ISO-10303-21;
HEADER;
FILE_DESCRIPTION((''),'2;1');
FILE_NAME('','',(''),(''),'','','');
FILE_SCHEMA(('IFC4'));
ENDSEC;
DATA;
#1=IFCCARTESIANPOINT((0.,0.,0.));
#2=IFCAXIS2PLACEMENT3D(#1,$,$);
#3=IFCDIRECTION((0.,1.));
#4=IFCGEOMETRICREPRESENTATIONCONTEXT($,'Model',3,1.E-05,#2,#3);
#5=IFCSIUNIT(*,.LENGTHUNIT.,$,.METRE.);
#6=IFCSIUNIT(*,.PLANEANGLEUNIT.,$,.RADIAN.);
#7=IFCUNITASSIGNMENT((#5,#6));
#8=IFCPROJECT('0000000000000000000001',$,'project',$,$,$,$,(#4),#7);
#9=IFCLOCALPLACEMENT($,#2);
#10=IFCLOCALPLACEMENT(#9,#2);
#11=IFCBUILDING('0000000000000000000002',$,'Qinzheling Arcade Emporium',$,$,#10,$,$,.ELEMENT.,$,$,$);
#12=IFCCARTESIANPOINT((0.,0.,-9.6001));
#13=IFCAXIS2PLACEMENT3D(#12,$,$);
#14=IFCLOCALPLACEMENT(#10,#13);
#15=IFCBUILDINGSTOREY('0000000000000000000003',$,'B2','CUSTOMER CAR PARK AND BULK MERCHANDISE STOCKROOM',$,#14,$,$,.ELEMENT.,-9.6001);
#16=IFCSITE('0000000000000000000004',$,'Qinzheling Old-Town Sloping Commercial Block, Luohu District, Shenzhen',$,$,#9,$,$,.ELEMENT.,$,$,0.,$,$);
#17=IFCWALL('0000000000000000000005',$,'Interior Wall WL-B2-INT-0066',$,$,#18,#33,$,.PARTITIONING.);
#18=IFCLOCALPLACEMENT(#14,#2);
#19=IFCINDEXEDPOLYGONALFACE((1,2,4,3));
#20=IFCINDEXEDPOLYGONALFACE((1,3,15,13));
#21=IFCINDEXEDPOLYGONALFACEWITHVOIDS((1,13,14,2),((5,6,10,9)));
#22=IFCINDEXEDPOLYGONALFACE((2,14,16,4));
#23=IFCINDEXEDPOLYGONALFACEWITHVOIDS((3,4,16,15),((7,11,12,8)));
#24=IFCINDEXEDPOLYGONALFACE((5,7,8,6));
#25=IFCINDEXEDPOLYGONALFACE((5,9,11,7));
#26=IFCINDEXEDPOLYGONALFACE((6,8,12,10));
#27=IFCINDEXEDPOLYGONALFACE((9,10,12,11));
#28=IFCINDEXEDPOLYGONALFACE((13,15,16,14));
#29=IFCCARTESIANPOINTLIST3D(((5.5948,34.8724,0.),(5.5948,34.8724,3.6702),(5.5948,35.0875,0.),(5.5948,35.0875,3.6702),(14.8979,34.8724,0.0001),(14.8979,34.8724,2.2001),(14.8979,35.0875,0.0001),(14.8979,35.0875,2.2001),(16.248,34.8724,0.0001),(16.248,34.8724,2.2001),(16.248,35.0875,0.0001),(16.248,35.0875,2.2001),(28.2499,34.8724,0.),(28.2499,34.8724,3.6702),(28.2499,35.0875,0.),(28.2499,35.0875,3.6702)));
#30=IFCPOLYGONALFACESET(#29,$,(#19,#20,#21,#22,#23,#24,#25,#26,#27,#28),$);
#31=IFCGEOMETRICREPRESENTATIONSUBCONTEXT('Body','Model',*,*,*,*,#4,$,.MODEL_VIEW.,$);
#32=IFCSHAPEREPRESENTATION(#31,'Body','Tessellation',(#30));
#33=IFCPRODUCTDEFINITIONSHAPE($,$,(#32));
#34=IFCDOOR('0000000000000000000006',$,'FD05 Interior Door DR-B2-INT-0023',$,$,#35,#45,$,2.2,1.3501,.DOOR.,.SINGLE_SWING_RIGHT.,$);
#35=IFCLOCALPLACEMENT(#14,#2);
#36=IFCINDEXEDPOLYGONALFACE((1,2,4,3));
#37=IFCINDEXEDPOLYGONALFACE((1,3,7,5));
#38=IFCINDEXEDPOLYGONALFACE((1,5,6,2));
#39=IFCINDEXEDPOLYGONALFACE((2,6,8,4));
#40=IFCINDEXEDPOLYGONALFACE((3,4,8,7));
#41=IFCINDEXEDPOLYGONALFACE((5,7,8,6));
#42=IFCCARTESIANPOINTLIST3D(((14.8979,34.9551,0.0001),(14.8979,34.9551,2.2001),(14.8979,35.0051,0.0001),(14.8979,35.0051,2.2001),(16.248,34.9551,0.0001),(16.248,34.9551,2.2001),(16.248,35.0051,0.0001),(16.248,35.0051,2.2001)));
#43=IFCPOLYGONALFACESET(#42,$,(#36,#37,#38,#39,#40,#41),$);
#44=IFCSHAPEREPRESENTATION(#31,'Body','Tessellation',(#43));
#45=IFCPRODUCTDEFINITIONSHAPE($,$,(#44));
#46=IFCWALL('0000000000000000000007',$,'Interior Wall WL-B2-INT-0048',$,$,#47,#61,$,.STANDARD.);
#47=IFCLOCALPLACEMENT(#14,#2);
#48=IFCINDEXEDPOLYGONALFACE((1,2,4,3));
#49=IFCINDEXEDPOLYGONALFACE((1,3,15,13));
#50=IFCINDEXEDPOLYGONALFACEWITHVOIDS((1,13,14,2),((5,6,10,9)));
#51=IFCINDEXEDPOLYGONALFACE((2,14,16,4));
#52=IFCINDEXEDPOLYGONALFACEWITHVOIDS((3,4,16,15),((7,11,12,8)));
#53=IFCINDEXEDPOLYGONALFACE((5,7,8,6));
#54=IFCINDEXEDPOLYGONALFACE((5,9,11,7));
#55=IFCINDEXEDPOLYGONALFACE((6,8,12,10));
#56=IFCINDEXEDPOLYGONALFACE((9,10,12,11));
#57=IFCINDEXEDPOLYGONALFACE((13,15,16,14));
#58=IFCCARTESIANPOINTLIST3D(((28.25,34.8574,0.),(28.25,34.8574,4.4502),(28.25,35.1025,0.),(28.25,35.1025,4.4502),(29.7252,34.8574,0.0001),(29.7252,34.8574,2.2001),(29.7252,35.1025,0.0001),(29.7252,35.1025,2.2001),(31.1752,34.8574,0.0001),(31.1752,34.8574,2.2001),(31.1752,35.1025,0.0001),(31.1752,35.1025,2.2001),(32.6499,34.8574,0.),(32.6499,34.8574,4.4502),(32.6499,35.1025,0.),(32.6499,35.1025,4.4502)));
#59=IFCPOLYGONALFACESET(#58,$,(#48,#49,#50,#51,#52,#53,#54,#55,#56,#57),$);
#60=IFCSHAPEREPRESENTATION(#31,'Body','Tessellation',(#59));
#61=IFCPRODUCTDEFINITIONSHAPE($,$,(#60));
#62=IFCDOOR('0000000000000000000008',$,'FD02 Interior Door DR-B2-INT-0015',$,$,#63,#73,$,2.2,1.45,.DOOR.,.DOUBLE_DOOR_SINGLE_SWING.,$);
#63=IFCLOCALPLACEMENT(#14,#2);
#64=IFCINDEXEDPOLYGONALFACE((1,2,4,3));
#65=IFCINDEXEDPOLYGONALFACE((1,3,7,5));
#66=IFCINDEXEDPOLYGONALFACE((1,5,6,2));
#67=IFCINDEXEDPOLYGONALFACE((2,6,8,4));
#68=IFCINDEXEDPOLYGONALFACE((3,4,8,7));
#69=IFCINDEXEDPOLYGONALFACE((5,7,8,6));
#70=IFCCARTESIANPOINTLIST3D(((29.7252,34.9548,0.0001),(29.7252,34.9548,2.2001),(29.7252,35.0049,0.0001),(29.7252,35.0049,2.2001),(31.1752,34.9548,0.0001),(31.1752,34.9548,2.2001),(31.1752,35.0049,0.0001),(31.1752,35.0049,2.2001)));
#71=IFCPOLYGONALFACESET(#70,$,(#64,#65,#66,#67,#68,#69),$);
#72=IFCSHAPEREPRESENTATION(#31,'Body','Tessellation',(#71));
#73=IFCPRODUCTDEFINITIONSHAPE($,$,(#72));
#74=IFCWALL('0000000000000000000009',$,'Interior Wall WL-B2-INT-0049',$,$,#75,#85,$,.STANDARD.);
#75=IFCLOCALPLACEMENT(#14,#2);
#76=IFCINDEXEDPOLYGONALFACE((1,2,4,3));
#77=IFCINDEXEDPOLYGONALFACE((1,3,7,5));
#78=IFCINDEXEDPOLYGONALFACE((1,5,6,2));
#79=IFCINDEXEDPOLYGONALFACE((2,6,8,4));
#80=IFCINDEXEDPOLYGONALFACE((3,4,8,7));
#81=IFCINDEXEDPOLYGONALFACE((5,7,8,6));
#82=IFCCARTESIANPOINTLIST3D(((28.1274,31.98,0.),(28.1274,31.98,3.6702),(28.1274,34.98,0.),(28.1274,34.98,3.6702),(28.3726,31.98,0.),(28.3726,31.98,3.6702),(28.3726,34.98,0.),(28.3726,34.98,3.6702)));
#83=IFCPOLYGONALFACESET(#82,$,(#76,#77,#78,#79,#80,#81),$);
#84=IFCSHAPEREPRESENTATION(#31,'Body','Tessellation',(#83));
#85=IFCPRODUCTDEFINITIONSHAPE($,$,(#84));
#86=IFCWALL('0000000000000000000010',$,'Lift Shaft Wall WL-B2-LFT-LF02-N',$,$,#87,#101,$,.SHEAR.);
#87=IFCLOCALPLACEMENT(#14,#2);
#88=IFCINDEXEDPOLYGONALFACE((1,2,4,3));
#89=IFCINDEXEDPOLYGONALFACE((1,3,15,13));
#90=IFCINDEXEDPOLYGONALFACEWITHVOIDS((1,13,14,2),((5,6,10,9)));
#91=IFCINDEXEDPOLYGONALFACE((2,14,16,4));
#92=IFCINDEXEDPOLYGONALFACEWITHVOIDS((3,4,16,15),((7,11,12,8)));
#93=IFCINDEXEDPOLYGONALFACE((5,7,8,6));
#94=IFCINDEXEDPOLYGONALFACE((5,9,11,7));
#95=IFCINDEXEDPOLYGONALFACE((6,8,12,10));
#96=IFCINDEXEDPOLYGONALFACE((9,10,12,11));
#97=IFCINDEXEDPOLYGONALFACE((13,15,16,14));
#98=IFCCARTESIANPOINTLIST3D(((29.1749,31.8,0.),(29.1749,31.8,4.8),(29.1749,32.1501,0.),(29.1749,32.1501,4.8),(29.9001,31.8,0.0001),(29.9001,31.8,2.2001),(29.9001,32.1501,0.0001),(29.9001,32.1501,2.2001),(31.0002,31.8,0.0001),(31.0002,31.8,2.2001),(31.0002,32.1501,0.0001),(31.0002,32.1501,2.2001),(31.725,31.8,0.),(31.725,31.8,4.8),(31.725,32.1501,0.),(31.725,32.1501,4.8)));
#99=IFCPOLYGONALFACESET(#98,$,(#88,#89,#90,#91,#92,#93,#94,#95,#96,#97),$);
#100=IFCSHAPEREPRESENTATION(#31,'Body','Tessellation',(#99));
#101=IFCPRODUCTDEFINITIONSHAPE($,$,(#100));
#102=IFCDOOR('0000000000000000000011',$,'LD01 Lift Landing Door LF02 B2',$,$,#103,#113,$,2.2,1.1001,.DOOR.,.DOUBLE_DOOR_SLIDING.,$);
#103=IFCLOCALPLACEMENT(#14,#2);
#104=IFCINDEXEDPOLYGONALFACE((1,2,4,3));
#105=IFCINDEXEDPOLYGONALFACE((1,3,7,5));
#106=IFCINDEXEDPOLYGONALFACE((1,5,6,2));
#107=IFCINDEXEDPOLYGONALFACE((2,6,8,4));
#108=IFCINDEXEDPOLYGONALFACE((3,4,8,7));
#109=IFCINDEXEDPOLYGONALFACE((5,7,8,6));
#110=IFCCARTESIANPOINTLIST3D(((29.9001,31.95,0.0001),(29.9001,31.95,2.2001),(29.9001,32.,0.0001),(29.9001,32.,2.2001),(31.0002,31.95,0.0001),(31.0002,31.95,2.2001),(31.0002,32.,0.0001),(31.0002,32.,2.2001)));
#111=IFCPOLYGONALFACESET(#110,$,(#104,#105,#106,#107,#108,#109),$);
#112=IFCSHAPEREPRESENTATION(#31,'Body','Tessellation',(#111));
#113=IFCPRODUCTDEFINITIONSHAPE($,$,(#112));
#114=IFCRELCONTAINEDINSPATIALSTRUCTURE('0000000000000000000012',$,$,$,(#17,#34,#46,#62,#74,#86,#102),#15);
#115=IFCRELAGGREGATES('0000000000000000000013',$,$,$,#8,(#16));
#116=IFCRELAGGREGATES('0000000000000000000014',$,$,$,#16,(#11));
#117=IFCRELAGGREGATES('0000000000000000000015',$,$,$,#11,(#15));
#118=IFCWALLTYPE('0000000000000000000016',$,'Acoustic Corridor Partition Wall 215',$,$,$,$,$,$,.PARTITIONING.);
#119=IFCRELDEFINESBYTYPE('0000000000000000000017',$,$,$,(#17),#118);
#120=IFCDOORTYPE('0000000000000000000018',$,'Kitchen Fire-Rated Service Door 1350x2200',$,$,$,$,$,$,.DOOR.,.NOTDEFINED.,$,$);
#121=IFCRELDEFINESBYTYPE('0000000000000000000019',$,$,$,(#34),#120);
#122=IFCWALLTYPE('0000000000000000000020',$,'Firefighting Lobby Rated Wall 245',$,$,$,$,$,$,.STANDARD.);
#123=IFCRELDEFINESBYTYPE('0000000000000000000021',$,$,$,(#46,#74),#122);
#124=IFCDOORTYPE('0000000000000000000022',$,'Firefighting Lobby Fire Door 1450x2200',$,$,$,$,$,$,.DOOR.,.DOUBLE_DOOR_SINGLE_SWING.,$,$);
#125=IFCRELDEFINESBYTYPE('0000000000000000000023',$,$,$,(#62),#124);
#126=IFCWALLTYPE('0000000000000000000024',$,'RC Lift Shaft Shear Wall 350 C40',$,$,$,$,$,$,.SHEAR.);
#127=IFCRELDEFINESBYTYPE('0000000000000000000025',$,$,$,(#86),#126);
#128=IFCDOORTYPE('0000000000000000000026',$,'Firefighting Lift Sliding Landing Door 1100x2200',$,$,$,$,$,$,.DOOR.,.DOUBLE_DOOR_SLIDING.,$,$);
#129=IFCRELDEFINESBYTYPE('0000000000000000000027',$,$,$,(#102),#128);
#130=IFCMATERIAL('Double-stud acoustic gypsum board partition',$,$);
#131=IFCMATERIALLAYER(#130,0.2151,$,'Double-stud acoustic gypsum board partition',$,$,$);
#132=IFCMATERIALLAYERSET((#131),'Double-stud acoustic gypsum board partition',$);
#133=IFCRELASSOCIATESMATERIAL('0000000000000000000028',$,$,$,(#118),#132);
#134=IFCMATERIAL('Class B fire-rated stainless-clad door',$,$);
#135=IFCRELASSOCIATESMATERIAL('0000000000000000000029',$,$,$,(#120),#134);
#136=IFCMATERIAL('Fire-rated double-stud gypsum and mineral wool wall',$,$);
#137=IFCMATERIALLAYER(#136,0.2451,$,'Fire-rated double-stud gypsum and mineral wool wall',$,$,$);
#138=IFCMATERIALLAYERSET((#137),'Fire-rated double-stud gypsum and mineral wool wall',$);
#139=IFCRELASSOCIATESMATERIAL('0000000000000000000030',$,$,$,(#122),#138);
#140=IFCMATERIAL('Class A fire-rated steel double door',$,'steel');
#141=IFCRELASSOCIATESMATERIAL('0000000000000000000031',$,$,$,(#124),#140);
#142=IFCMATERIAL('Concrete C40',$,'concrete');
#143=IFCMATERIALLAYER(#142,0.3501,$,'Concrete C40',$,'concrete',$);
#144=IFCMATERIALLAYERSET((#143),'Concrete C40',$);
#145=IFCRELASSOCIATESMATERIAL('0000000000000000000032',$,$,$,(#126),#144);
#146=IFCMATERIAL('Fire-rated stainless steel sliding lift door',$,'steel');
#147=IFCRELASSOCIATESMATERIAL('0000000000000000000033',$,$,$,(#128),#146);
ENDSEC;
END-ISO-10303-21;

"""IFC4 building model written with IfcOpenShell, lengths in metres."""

from ifc_helpers import new_model, si_unit, direction, frame, frame_2d, origin, place, context, subcontext, project, spatial, rectangle, extrude, material, layer, layer_set, type_object, element, fill, save


model = new_model("IFC4")

# Units and contexts
model_context = context("Model", 3, precision=1e-05, world=origin(), true_north=direction((0.0, 1.0)))
body_context = subcontext(model_context, "Body", "Model", "MODEL_VIEW")
ifc_project = project(units=[si_unit("LENGTHUNIT", "METRE"), si_unit("PLANEANGLEUNIT", "RADIAN")], contexts=[model_context])

# Site, building, storey
site_placement = place(None, origin())
site = spatial("IfcSite", under=ifc_project, at=site_placement, Name="Qinzheling Old-Town Sloping Commercial Block, Luohu District, Shenzhen", CompositionType="ELEMENT", RefElevation=0.0)
building_placement = place(site_placement, origin())
building = spatial("IfcBuilding", under=site, at=building_placement, Name="Qinzheling Arcade Emporium", CompositionType="ELEMENT")
storey_placement = place(building_placement, frame((0.0, 0.0, -9.6001)))
storey = spatial("IfcBuildingStorey", under=building, at=storey_placement, Name="B2", Description="CUSTOMER CAR PARK AND BULK MERCHANDISE STOCKROOM", CompositionType="ELEMENT", Elevation=-9.6001)

# Shared definitions
ifc_material_1 = material(Name="Concrete C40", Category="concrete")

# Walls, openings, doors
ifc_material_2 = material(Name="Double-stud acoustic gypsum board partition")
ifc_layer_1 = layer(ifc_material_2, 0.2151, Name="Double-stud acoustic gypsum board partition")
ifc_layer_set_1 = layer_set([ifc_layer_1], Name="Double-stud acoustic gypsum board partition")
wall_type_1 = type_object("IfcWallType", Name="Acoustic Corridor Partition Wall 215", PredefinedType="PARTITIONING", material=ifc_layer_set_1)
wall_1_placement = place(storey_placement, frame((28.25, 34.98, 0.0), z_axis=(0.0, 0.0, 1.0), x_axis=(-1.0, 0.0, 0.0)))
wall_1 = element("IfcWall", 1, at=wall_1_placement, inside=storey, type_object=wall_type_1, Name="Interior Wall WL-B2-INT-0066", PredefinedType="PARTITIONING", context=body_context, shape_type="SweptSolid", body=[
    extrude(rectangle(XDim=22.655, YDim=0.2151, at=frame_2d((11.3276, 0.0))), origin(), (0.0, 0.0, 1.0), 3.6702),
])
opening_1_placement = place(wall_1_placement, frame((12.002, 0.0, 0.0)))
opening_1 = element("IfcOpeningElement", 2, at=opening_1_placement, cuts=wall_1, PredefinedType="OPENING", context=body_context, shape_type="SweptSolid", body=[
    extrude(rectangle(XDim=1.3501, YDim=2.2, at=frame_2d((0.675, 1.1001))), frame((0.0, 0.1177, 0.0), z_axis=(0.0, -1.0, 0.0), x_axis=(1.0, 0.0, 0.0)), (0.0, 0.0, 1.0), 0.2351),
])
ifc_material_3 = material(Name="Class B fire-rated stainless-clad door")
door_type_1 = type_object("IfcDoorType", Name="Kitchen Fire-Rated Service Door 1350x2200", OperationType="NOTDEFINED", PredefinedType="DOOR", material=ifc_material_3)
door_1_placement = place(opening_1_placement, origin())
door_1 = element("IfcDoor", 3, at=door_1_placement, inside=storey, type_object=door_type_1, Name="FD05 Interior Door DR-B2-INT-0023", OperationType="SINGLE_SWING_RIGHT", OverallHeight=2.2, OverallWidth=1.3501, PredefinedType="DOOR", context=body_context, shape_type="SweptSolid", body=[
    extrude(rectangle(XDim=1.3501, YDim=2.2, at=frame_2d((0.675, 1.1001))), frame((0.0, 0.0249, 0.0), z_axis=(0.0, -1.0, 0.0), x_axis=(1.0, 0.0, 0.0)), (0.0, 0.0, 1.0), 0.05),
])
fill(opening_1, door_1)
ifc_material_4 = material(Name="Fire-rated double-stud gypsum and mineral wool wall")
ifc_layer_2 = layer(ifc_material_4, 0.2451, Name="Fire-rated double-stud gypsum and mineral wool wall")
ifc_layer_set_2 = layer_set([ifc_layer_2], Name="Fire-rated double-stud gypsum and mineral wool wall")
wall_type_2 = type_object("IfcWallType", Name="Firefighting Lobby Rated Wall 245", PredefinedType="STANDARD", material=ifc_layer_set_2)
wall_2_placement = place(storey_placement, frame((28.25, 34.98, 0.0), z_axis=(0.0, 0.0, 1.0), x_axis=(1.0, 0.0, 0.0)))
wall_2 = element("IfcWall", 4, at=wall_2_placement, inside=storey, type_object=wall_type_2, Name="Interior Wall WL-B2-INT-0048", PredefinedType="STANDARD", context=body_context, shape_type="SweptSolid", body=[
    extrude(rectangle(XDim=4.3999, YDim=0.2451, at=frame_2d((2.2, 0.0))), origin(), (0.0, 0.0, 1.0), 4.4502),
])
opening_2_placement = place(wall_2_placement, frame((1.4751, 0.0, 0.0)))
opening_2 = element("IfcOpeningElement", 5, at=opening_2_placement, cuts=wall_2, PredefinedType="OPENING", context=body_context, shape_type="SweptSolid", body=[
    extrude(rectangle(XDim=1.45, YDim=2.2, at=frame_2d((0.7251, 1.1001))), frame((0.0, 0.1326, 0.0), z_axis=(0.0, -1.0, 0.0), x_axis=(1.0, 0.0, 0.0)), (0.0, 0.0, 1.0), 0.2651),
])
ifc_material_5 = material(Name="Class A fire-rated steel double door", Category="steel")
door_type_2 = type_object("IfcDoorType", Name="Firefighting Lobby Fire Door 1450x2200", OperationType="DOUBLE_DOOR_SINGLE_SWING", PredefinedType="DOOR", material=ifc_material_5)
door_2_placement = place(opening_2_placement, origin())
door_2 = element("IfcDoor", 6, at=door_2_placement, inside=storey, type_object=door_type_2, Name="FD02 Interior Door DR-B2-INT-0015", OperationType="DOUBLE_DOOR_SINGLE_SWING", OverallHeight=2.2, OverallWidth=1.45, PredefinedType="DOOR", context=body_context, shape_type="SweptSolid", body=[
    extrude(rectangle(XDim=1.45, YDim=2.2, at=frame_2d((0.7251, 1.1001))), frame((0.0, 0.0249, 0.0), z_axis=(0.0, -1.0, 0.0), x_axis=(1.0, 0.0, 0.0)), (0.0, 0.0, 1.0), 0.05),
])
fill(opening_2, door_2)

# Wall
wall_3_placement = place(storey_placement, frame((28.25, 31.98, 0.0), z_axis=(0.0, 0.0, 1.0), x_axis=(0.0, 1.0, 0.0)))
element("IfcWall", 7, at=wall_3_placement, inside=storey, type_object=wall_type_2, Name="Interior Wall WL-B2-INT-0049", PredefinedType="STANDARD", context=body_context, shape_type="SweptSolid", body=[
    extrude(rectangle(XDim=3.0, YDim=0.2451, at=frame_2d((1.5, 0.0))), origin(), (0.0, 0.0, 1.0), 3.6702),
])

# Wall, opening, door
ifc_layer_3 = layer(ifc_material_1, 0.3501, Name="Concrete C40", Category="concrete")
ifc_layer_set_3 = layer_set([ifc_layer_3], Name="Concrete C40")
wall_type_3 = type_object("IfcWallType", Name="RC Lift Shaft Shear Wall 350 C40", PredefinedType="SHEAR", material=ifc_layer_set_3)
wall_4_placement = place(storey_placement, frame((29.175, 31.9751, 0.0), z_axis=(0.0, 0.0, 1.0), x_axis=(1.0, 0.0, 0.0)))
wall_4 = element("IfcWall", 8, at=wall_4_placement, inside=storey, type_object=wall_type_3, Name="Lift Shaft Wall WL-B2-LFT-LF02-N", PredefinedType="SHEAR", context=body_context, shape_type="SweptSolid", body=[
    extrude(rectangle(XDim=2.55, YDim=0.3501, at=frame_2d((1.2749, 0.0))), origin(), (0.0, 0.0, 1.0), 4.8),
])
opening_3_placement = place(wall_4_placement, frame((0.7251, 0.0, 0.0)))
opening_3 = element("IfcOpeningElement", 9, at=opening_3_placement, cuts=wall_4, PredefinedType="OPENING", context=body_context, shape_type="SweptSolid", body=[
    extrude(rectangle(XDim=1.1001, YDim=2.2, at=frame_2d((0.55, 1.1001))), frame((0.0, 0.1851, 0.0), z_axis=(0.0, -1.0, 0.0), x_axis=(1.0, 0.0, 0.0)), (0.0, 0.0, 1.0), 0.3701),
])
ifc_material_6 = material(Name="Fire-rated stainless steel sliding lift door", Category="steel")
door_type_3 = type_object("IfcDoorType", Name="Firefighting Lift Sliding Landing Door 1100x2200", OperationType="DOUBLE_DOOR_SLIDING", PredefinedType="DOOR", material=ifc_material_6)
door_3_placement = place(opening_3_placement, origin())
door_3 = element("IfcDoor", 10, at=door_3_placement, inside=storey, type_object=door_type_3, Name="LD01 Lift Landing Door LF02 B2", OperationType="DOUBLE_DOOR_SLIDING", OverallHeight=2.2, OverallWidth=1.1001, PredefinedType="DOOR", context=body_context, shape_type="SweptSolid", body=[
    extrude(rectangle(XDim=1.1001, YDim=2.2, at=frame_2d((0.55, 1.1001))), frame((0.0, 0.0249, 0.0), z_axis=(0.0, -1.0, 0.0), x_axis=(1.0, 0.0, 0.0)), (0.0, 0.0, 1.0), 0.05),
])
fill(opening_3, door_3)

save(model, "model.ifc")
